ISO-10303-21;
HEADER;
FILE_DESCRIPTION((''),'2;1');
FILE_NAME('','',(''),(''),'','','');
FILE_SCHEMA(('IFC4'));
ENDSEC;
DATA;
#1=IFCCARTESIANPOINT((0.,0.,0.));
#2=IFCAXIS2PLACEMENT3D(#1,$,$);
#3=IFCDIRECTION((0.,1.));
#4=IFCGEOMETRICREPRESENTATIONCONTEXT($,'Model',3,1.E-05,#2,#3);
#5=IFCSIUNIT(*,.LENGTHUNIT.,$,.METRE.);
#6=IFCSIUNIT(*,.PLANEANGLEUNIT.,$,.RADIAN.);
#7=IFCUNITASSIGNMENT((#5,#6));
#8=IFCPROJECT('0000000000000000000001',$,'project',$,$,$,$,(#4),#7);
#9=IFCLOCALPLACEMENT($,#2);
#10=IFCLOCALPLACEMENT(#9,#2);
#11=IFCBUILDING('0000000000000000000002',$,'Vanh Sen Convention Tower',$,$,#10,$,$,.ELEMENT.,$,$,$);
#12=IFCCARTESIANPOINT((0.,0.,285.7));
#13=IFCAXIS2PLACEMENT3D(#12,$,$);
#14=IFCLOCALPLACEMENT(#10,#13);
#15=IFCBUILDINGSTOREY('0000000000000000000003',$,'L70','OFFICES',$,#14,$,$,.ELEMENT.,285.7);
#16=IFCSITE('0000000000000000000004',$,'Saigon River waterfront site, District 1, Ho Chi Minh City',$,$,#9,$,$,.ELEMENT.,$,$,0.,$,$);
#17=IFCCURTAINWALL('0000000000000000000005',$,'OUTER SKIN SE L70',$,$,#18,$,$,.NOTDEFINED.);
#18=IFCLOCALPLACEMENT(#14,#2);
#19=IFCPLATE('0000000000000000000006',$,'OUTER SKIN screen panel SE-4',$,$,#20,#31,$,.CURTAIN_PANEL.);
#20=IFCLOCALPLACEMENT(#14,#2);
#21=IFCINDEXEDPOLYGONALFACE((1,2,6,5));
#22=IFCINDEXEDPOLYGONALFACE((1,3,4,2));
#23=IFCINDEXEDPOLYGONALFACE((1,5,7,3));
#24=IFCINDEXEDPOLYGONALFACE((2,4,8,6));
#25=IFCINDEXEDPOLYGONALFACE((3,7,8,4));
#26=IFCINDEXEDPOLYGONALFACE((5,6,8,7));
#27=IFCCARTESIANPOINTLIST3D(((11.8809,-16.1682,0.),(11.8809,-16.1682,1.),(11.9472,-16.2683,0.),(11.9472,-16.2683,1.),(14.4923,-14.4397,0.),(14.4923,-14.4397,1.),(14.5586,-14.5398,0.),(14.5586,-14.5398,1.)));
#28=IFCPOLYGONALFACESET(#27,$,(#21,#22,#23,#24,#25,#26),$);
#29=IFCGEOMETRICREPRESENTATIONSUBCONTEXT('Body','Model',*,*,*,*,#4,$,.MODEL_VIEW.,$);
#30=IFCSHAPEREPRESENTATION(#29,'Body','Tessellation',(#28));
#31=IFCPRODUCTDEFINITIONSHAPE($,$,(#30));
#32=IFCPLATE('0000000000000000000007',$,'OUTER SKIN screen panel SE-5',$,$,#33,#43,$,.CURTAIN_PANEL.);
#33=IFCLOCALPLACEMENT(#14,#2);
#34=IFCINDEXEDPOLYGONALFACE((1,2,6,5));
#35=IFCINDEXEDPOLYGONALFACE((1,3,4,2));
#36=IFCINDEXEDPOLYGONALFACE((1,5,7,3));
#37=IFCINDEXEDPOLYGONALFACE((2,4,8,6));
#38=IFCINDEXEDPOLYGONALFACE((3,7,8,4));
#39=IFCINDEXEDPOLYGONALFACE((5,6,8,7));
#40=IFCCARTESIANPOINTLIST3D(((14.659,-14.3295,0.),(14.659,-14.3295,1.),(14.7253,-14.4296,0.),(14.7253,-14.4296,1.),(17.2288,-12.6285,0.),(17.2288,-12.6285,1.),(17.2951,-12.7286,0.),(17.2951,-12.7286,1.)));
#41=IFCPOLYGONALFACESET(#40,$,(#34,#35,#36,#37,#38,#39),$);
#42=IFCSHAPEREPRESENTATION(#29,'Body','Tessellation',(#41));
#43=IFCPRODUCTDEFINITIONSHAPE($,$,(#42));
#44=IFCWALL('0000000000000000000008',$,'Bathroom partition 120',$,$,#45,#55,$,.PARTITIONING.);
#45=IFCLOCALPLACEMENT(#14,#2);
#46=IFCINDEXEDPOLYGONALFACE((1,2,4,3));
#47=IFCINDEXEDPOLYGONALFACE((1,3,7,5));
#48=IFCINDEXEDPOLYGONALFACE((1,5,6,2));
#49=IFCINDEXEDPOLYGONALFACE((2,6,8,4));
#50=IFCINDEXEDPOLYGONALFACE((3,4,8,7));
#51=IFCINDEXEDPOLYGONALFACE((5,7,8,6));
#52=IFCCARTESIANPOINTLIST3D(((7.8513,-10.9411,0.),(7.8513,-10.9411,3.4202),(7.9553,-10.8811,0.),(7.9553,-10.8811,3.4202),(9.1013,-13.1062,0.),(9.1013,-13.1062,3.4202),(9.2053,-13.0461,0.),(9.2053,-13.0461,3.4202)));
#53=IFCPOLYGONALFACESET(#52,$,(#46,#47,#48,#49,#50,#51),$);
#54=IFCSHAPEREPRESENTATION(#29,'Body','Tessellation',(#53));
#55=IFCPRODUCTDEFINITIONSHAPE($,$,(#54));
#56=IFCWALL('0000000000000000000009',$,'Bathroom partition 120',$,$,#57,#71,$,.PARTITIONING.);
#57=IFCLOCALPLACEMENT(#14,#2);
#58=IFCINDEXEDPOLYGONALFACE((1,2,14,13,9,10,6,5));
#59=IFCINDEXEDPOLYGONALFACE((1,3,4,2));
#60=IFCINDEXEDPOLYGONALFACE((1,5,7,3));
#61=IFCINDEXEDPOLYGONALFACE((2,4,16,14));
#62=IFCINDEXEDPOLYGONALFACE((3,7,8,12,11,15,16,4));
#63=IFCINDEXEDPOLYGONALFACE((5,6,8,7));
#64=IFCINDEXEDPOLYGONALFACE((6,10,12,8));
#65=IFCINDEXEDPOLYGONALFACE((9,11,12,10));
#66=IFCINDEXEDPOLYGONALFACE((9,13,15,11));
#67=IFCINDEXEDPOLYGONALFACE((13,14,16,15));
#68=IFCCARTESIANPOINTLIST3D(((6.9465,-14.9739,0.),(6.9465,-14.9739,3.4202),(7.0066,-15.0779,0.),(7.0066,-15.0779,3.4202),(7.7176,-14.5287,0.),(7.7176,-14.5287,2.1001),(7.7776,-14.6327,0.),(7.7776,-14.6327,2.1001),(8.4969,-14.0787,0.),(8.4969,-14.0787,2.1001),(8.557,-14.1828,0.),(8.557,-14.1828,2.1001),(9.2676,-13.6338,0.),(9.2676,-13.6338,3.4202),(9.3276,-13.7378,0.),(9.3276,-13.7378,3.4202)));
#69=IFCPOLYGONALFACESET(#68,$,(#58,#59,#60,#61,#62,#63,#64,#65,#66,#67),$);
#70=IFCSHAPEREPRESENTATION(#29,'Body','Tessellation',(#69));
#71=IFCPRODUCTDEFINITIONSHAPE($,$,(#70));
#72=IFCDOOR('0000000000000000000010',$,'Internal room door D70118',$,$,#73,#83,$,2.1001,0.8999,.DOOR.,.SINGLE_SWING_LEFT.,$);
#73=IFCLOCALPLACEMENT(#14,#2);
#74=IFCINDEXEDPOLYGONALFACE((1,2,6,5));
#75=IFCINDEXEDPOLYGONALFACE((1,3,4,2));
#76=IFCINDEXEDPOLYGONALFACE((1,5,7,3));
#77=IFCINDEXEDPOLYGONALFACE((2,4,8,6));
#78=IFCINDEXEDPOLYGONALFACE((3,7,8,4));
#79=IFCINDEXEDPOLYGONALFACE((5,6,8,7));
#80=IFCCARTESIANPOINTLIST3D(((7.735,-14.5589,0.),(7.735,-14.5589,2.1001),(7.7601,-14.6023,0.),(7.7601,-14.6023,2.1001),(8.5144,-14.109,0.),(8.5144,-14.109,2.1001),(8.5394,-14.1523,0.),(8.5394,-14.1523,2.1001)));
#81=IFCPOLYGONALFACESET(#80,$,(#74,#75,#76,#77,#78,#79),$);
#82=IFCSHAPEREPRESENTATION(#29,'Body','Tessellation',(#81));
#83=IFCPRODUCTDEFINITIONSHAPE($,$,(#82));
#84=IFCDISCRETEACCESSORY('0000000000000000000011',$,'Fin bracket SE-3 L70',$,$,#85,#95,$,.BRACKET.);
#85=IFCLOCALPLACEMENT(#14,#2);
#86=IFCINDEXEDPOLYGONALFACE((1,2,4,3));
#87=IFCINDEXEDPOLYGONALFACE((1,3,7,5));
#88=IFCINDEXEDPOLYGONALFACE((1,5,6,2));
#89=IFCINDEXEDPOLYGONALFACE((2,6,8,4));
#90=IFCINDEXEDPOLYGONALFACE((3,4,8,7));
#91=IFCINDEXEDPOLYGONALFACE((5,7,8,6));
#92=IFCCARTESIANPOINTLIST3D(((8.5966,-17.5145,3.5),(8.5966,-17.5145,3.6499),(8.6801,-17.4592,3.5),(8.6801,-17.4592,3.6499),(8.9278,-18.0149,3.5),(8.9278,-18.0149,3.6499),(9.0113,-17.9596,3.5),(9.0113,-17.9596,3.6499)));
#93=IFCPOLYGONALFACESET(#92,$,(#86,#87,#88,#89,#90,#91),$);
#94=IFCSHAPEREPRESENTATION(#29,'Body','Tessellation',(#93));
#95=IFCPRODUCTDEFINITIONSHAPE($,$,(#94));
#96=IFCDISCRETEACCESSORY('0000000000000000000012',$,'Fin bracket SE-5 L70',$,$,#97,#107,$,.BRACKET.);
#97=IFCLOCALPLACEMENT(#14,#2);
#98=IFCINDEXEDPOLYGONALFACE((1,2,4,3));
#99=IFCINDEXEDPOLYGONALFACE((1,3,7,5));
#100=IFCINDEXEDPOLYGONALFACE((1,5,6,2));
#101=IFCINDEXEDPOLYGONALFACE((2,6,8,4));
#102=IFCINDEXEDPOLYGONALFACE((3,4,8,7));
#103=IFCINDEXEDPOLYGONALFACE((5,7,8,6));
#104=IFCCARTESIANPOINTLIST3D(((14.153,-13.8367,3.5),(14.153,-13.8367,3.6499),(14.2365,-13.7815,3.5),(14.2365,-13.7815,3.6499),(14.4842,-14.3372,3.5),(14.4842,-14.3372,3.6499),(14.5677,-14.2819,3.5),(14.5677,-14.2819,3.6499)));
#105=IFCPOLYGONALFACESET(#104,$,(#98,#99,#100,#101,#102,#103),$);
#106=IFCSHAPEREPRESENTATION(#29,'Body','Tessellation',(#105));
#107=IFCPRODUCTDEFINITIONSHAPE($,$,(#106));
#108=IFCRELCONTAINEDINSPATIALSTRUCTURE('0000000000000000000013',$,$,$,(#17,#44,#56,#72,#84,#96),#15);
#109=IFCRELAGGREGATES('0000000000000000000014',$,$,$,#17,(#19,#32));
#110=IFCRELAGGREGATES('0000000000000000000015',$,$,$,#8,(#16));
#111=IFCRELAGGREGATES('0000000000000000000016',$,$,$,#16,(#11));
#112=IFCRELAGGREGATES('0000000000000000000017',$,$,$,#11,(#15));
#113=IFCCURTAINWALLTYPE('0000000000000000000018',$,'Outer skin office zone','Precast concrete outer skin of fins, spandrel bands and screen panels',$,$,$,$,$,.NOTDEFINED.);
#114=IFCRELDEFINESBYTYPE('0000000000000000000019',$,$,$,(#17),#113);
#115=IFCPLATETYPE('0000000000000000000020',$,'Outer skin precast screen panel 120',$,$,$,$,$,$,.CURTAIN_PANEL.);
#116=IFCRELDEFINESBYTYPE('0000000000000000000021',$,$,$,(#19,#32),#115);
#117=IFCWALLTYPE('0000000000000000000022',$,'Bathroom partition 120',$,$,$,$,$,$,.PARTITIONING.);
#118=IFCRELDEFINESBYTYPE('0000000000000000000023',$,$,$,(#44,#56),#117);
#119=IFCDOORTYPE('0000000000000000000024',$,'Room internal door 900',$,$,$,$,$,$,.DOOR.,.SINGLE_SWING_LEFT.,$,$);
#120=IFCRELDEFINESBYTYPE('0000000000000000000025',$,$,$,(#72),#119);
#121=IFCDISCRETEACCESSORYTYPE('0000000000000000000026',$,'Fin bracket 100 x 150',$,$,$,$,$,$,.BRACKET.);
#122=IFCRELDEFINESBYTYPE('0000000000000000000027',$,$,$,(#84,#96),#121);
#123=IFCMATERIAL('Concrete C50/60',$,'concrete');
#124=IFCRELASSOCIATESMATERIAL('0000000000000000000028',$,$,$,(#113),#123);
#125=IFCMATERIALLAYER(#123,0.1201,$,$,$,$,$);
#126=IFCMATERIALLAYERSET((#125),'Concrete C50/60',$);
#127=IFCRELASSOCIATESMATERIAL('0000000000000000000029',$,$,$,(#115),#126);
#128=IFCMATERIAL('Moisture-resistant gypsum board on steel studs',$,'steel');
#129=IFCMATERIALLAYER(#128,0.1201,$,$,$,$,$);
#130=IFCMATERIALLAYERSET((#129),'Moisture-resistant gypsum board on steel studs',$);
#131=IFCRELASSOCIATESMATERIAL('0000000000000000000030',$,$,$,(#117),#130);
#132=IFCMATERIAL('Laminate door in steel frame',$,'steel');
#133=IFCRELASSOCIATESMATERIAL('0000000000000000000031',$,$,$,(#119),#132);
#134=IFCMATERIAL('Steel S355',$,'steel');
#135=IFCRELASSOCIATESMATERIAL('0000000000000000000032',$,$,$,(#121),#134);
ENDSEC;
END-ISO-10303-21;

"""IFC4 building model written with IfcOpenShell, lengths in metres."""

from ifc_helpers import new_model, si_unit, direction, frame, frame_2d, origin, origin_2d, place, context, subcontext, project, spatial, rectangle, extrude, material, layer, layer_set, type_object, element, fill, aggregate, save


model = new_model("IFC4")

# Units and contexts
model_context = context("Model", 3, precision=1e-05, world=origin(), true_north=direction((0.0, 1.0)))
body_context = subcontext(model_context, "Body", "Model", "MODEL_VIEW")
ifc_project = project(units=[si_unit("LENGTHUNIT", "METRE"), si_unit("PLANEANGLEUNIT", "RADIAN")], contexts=[model_context])

# Site, building, storey
site_placement = place(None, origin())
site = spatial("IfcSite", under=ifc_project, at=site_placement, Name="Saigon River waterfront site, District 1, Ho Chi Minh City", CompositionType="ELEMENT", RefElevation=0.0)
building_placement = place(site_placement, origin())
building = spatial("IfcBuilding", under=site, at=building_placement, Name="Vanh Sen Convention Tower", CompositionType="ELEMENT")
storey_placement = place(building_placement, frame((0.0, 0.0, 285.7)))
storey = spatial("IfcBuildingStorey", under=building, at=storey_placement, Name="L70", Description="OFFICES", CompositionType="ELEMENT", Elevation=285.7)

# Curtain wall
ifc_material_1 = material(Name="Concrete C50/60", Category="concrete")
curtain_wall_type = type_object("IfcCurtainWallType", Name="Outer skin office zone", Description="Precast concrete outer skin of fins, spandrel bands and screen panels", PredefinedType="NOTDEFINED", material=ifc_material_1)
curtain_wall_1_placement = place(storey_placement, origin())
curtain_wall_1 = element("IfcCurtainWall", 1, at=curtain_wall_1_placement, inside=storey, type_object=curtain_wall_type, Name="OUTER SKIN SE L70", PredefinedType="NOTDEFINED")

# Plates
ifc_layer_1 = layer(ifc_material_1, 0.1201)
ifc_layer_set_1 = layer_set([ifc_layer_1], Name="Concrete C50/60")
plate_type = type_object("IfcPlateType", Name="Outer skin precast screen panel 120", PredefinedType="CURTAIN_PANEL", material=ifc_layer_set_1)
plate_1_placement = place(storey_placement, frame((13.2197, -15.354, 0.0), z_axis=(0.0, 0.0, 1.0), x_axis=(0.833879, 0.551947, 0.0)))
plate_1 = element("IfcPlate", 2, at=plate_1_placement, type_object=plate_type, Name="OUTER SKIN screen panel SE-4", PredefinedType="CURTAIN_PANEL", context=body_context, shape_type="SweptSolid", body=[
    extrude(rectangle(XDim=3.1316, YDim=0.1201, at=origin_2d()), origin(), (0.0, 0.0, 1.0), 1.0),
])
plate_2_placement = place(storey_placement, frame((15.9771, -13.5291, 0.0), z_axis=(0.0, 0.0, 1.0), x_axis=(0.833879, 0.551947, 0.0)))
plate_2 = element("IfcPlate", 3, at=plate_2_placement, type_object=plate_type, Name="OUTER SKIN screen panel SE-5", PredefinedType="CURTAIN_PANEL", context=body_context, shape_type="SweptSolid", body=[
    extrude(rectangle(XDim=3.0818, YDim=0.1201, at=origin_2d()), origin(), (0.0, 0.0, 1.0), 1.0),
])
aggregate(curtain_wall_1, [plate_1, plate_2])

# Wall
ifc_material_2 = material(Name="Moisture-resistant gypsum board on steel studs", Category="steel")
ifc_layer_2 = layer(ifc_material_2, 0.1201)
ifc_layer_set_2 = layer_set([ifc_layer_2], Name="Moisture-resistant gypsum board on steel studs")
wall_type = type_object("IfcWallType", Name="Bathroom partition 120", PredefinedType="PARTITIONING", material=ifc_layer_set_2)
wall_1_placement = place(storey_placement, frame((9.1533, -13.0762, 0.0), z_axis=(0.0, 0.0, 1.0), x_axis=(-0.500004, 0.866023, 0.0)))
element("IfcWall", 4, at=wall_1_placement, inside=storey, type_object=wall_type, Name="Bathroom partition 120", PredefinedType="PARTITIONING", context=body_context, shape_type="SweptSolid", body=[
    extrude(rectangle(XDim=2.5, YDim=0.1201, at=frame_2d((1.25, 0.0))), origin(), (0.0, 0.0, 1.0), 3.4202),
])

# Wall, opening, door
wall_2_placement = place(storey_placement, frame((9.2976, -13.6858, 0.0), z_axis=(0.0, 0.0, 1.0), x_axis=(-0.86602, -0.500009, 0.0)))
wall_2 = element("IfcWall", 5, at=wall_2_placement, inside=storey, type_object=wall_type, Name="Bathroom partition 120", PredefinedType="PARTITIONING", context=body_context, shape_type="SweptSolid", body=[
    extrude(rectangle(XDim=2.6802, YDim=0.1201, at=frame_2d((1.3401, 0.0))), origin(), (0.0, 0.0, 1.0), 3.4202),
])
opening_placement = place(wall_2_placement, frame((0.8899, 0.0, 0.0)))
opening = element("IfcOpeningElement", 6, at=opening_placement, cuts=wall_2, PredefinedType="OPENING", context=body_context, shape_type="SweptSolid", body=[
    extrude(rectangle(XDim=0.8999, YDim=2.1001, at=frame_2d((0.45, 1.05))), frame((0.0, 0.0701, 0.0), z_axis=(0.0, -1.0, 0.0), x_axis=(1.0, 0.0, 0.0)), (0.0, 0.0, 1.0), 0.1401),
])
ifc_material_3 = material(Name="Laminate door in steel frame", Category="steel")
door_type = type_object("IfcDoorType", Name="Room internal door 900", OperationType="SINGLE_SWING_LEFT", PredefinedType="DOOR", material=ifc_material_3)
door_placement = place(opening_placement, origin())
door = element("IfcDoor", 7, at=door_placement, inside=storey, type_object=door_type, Name="Internal room door D70118", OperationType="SINGLE_SWING_LEFT", OverallHeight=2.1001, OverallWidth=0.8999, PredefinedType="DOOR", context=body_context, shape_type="SweptSolid", body=[
    extrude(rectangle(XDim=0.8999, YDim=2.1001, at=frame_2d((0.45, 1.05))), frame((0.0, 0.0249, 0.0), z_axis=(0.0, -1.0, 0.0), x_axis=(1.0, 0.0, 0.0)), (0.0, 0.0, 1.0), 0.05),
])
fill(opening, door)

# Discrete accessories
ifc_material_4 = material(Name="Steel S355", Category="steel")
discrete_accessory_type = type_object("IfcDiscreteAccessoryType", Name="Fin bracket 100 x 150", PredefinedType="BRACKET", material=ifc_material_4)
for number, where, z_axis, x_axis, name in (
    (8, (8.804, -17.7371, 3.5), (0.0, 0.0, 1.0), (0.551937, -0.833886, 0.0), "Fin bracket SE-3 L70"),
    (9, (14.3604, -14.0593, 3.5), (0.0, 0.0, 1.0), (0.551937, -0.833886, 0.0), "Fin bracket SE-5 L70"),
):
    element("IfcDiscreteAccessory", number, at=place(storey_placement, frame(where, z_axis=z_axis, x_axis=x_axis)), inside=storey, type_object=discrete_accessory_type, Name=name, PredefinedType="BRACKET", context=body_context, shape_type="SweptSolid", body=[
        extrude(rectangle(XDim=0.6001, YDim=0.1001, at=origin_2d()), origin(), (0.0, 0.0, 1.0), 0.1499),
    ])

save(model, "model.ifc")
